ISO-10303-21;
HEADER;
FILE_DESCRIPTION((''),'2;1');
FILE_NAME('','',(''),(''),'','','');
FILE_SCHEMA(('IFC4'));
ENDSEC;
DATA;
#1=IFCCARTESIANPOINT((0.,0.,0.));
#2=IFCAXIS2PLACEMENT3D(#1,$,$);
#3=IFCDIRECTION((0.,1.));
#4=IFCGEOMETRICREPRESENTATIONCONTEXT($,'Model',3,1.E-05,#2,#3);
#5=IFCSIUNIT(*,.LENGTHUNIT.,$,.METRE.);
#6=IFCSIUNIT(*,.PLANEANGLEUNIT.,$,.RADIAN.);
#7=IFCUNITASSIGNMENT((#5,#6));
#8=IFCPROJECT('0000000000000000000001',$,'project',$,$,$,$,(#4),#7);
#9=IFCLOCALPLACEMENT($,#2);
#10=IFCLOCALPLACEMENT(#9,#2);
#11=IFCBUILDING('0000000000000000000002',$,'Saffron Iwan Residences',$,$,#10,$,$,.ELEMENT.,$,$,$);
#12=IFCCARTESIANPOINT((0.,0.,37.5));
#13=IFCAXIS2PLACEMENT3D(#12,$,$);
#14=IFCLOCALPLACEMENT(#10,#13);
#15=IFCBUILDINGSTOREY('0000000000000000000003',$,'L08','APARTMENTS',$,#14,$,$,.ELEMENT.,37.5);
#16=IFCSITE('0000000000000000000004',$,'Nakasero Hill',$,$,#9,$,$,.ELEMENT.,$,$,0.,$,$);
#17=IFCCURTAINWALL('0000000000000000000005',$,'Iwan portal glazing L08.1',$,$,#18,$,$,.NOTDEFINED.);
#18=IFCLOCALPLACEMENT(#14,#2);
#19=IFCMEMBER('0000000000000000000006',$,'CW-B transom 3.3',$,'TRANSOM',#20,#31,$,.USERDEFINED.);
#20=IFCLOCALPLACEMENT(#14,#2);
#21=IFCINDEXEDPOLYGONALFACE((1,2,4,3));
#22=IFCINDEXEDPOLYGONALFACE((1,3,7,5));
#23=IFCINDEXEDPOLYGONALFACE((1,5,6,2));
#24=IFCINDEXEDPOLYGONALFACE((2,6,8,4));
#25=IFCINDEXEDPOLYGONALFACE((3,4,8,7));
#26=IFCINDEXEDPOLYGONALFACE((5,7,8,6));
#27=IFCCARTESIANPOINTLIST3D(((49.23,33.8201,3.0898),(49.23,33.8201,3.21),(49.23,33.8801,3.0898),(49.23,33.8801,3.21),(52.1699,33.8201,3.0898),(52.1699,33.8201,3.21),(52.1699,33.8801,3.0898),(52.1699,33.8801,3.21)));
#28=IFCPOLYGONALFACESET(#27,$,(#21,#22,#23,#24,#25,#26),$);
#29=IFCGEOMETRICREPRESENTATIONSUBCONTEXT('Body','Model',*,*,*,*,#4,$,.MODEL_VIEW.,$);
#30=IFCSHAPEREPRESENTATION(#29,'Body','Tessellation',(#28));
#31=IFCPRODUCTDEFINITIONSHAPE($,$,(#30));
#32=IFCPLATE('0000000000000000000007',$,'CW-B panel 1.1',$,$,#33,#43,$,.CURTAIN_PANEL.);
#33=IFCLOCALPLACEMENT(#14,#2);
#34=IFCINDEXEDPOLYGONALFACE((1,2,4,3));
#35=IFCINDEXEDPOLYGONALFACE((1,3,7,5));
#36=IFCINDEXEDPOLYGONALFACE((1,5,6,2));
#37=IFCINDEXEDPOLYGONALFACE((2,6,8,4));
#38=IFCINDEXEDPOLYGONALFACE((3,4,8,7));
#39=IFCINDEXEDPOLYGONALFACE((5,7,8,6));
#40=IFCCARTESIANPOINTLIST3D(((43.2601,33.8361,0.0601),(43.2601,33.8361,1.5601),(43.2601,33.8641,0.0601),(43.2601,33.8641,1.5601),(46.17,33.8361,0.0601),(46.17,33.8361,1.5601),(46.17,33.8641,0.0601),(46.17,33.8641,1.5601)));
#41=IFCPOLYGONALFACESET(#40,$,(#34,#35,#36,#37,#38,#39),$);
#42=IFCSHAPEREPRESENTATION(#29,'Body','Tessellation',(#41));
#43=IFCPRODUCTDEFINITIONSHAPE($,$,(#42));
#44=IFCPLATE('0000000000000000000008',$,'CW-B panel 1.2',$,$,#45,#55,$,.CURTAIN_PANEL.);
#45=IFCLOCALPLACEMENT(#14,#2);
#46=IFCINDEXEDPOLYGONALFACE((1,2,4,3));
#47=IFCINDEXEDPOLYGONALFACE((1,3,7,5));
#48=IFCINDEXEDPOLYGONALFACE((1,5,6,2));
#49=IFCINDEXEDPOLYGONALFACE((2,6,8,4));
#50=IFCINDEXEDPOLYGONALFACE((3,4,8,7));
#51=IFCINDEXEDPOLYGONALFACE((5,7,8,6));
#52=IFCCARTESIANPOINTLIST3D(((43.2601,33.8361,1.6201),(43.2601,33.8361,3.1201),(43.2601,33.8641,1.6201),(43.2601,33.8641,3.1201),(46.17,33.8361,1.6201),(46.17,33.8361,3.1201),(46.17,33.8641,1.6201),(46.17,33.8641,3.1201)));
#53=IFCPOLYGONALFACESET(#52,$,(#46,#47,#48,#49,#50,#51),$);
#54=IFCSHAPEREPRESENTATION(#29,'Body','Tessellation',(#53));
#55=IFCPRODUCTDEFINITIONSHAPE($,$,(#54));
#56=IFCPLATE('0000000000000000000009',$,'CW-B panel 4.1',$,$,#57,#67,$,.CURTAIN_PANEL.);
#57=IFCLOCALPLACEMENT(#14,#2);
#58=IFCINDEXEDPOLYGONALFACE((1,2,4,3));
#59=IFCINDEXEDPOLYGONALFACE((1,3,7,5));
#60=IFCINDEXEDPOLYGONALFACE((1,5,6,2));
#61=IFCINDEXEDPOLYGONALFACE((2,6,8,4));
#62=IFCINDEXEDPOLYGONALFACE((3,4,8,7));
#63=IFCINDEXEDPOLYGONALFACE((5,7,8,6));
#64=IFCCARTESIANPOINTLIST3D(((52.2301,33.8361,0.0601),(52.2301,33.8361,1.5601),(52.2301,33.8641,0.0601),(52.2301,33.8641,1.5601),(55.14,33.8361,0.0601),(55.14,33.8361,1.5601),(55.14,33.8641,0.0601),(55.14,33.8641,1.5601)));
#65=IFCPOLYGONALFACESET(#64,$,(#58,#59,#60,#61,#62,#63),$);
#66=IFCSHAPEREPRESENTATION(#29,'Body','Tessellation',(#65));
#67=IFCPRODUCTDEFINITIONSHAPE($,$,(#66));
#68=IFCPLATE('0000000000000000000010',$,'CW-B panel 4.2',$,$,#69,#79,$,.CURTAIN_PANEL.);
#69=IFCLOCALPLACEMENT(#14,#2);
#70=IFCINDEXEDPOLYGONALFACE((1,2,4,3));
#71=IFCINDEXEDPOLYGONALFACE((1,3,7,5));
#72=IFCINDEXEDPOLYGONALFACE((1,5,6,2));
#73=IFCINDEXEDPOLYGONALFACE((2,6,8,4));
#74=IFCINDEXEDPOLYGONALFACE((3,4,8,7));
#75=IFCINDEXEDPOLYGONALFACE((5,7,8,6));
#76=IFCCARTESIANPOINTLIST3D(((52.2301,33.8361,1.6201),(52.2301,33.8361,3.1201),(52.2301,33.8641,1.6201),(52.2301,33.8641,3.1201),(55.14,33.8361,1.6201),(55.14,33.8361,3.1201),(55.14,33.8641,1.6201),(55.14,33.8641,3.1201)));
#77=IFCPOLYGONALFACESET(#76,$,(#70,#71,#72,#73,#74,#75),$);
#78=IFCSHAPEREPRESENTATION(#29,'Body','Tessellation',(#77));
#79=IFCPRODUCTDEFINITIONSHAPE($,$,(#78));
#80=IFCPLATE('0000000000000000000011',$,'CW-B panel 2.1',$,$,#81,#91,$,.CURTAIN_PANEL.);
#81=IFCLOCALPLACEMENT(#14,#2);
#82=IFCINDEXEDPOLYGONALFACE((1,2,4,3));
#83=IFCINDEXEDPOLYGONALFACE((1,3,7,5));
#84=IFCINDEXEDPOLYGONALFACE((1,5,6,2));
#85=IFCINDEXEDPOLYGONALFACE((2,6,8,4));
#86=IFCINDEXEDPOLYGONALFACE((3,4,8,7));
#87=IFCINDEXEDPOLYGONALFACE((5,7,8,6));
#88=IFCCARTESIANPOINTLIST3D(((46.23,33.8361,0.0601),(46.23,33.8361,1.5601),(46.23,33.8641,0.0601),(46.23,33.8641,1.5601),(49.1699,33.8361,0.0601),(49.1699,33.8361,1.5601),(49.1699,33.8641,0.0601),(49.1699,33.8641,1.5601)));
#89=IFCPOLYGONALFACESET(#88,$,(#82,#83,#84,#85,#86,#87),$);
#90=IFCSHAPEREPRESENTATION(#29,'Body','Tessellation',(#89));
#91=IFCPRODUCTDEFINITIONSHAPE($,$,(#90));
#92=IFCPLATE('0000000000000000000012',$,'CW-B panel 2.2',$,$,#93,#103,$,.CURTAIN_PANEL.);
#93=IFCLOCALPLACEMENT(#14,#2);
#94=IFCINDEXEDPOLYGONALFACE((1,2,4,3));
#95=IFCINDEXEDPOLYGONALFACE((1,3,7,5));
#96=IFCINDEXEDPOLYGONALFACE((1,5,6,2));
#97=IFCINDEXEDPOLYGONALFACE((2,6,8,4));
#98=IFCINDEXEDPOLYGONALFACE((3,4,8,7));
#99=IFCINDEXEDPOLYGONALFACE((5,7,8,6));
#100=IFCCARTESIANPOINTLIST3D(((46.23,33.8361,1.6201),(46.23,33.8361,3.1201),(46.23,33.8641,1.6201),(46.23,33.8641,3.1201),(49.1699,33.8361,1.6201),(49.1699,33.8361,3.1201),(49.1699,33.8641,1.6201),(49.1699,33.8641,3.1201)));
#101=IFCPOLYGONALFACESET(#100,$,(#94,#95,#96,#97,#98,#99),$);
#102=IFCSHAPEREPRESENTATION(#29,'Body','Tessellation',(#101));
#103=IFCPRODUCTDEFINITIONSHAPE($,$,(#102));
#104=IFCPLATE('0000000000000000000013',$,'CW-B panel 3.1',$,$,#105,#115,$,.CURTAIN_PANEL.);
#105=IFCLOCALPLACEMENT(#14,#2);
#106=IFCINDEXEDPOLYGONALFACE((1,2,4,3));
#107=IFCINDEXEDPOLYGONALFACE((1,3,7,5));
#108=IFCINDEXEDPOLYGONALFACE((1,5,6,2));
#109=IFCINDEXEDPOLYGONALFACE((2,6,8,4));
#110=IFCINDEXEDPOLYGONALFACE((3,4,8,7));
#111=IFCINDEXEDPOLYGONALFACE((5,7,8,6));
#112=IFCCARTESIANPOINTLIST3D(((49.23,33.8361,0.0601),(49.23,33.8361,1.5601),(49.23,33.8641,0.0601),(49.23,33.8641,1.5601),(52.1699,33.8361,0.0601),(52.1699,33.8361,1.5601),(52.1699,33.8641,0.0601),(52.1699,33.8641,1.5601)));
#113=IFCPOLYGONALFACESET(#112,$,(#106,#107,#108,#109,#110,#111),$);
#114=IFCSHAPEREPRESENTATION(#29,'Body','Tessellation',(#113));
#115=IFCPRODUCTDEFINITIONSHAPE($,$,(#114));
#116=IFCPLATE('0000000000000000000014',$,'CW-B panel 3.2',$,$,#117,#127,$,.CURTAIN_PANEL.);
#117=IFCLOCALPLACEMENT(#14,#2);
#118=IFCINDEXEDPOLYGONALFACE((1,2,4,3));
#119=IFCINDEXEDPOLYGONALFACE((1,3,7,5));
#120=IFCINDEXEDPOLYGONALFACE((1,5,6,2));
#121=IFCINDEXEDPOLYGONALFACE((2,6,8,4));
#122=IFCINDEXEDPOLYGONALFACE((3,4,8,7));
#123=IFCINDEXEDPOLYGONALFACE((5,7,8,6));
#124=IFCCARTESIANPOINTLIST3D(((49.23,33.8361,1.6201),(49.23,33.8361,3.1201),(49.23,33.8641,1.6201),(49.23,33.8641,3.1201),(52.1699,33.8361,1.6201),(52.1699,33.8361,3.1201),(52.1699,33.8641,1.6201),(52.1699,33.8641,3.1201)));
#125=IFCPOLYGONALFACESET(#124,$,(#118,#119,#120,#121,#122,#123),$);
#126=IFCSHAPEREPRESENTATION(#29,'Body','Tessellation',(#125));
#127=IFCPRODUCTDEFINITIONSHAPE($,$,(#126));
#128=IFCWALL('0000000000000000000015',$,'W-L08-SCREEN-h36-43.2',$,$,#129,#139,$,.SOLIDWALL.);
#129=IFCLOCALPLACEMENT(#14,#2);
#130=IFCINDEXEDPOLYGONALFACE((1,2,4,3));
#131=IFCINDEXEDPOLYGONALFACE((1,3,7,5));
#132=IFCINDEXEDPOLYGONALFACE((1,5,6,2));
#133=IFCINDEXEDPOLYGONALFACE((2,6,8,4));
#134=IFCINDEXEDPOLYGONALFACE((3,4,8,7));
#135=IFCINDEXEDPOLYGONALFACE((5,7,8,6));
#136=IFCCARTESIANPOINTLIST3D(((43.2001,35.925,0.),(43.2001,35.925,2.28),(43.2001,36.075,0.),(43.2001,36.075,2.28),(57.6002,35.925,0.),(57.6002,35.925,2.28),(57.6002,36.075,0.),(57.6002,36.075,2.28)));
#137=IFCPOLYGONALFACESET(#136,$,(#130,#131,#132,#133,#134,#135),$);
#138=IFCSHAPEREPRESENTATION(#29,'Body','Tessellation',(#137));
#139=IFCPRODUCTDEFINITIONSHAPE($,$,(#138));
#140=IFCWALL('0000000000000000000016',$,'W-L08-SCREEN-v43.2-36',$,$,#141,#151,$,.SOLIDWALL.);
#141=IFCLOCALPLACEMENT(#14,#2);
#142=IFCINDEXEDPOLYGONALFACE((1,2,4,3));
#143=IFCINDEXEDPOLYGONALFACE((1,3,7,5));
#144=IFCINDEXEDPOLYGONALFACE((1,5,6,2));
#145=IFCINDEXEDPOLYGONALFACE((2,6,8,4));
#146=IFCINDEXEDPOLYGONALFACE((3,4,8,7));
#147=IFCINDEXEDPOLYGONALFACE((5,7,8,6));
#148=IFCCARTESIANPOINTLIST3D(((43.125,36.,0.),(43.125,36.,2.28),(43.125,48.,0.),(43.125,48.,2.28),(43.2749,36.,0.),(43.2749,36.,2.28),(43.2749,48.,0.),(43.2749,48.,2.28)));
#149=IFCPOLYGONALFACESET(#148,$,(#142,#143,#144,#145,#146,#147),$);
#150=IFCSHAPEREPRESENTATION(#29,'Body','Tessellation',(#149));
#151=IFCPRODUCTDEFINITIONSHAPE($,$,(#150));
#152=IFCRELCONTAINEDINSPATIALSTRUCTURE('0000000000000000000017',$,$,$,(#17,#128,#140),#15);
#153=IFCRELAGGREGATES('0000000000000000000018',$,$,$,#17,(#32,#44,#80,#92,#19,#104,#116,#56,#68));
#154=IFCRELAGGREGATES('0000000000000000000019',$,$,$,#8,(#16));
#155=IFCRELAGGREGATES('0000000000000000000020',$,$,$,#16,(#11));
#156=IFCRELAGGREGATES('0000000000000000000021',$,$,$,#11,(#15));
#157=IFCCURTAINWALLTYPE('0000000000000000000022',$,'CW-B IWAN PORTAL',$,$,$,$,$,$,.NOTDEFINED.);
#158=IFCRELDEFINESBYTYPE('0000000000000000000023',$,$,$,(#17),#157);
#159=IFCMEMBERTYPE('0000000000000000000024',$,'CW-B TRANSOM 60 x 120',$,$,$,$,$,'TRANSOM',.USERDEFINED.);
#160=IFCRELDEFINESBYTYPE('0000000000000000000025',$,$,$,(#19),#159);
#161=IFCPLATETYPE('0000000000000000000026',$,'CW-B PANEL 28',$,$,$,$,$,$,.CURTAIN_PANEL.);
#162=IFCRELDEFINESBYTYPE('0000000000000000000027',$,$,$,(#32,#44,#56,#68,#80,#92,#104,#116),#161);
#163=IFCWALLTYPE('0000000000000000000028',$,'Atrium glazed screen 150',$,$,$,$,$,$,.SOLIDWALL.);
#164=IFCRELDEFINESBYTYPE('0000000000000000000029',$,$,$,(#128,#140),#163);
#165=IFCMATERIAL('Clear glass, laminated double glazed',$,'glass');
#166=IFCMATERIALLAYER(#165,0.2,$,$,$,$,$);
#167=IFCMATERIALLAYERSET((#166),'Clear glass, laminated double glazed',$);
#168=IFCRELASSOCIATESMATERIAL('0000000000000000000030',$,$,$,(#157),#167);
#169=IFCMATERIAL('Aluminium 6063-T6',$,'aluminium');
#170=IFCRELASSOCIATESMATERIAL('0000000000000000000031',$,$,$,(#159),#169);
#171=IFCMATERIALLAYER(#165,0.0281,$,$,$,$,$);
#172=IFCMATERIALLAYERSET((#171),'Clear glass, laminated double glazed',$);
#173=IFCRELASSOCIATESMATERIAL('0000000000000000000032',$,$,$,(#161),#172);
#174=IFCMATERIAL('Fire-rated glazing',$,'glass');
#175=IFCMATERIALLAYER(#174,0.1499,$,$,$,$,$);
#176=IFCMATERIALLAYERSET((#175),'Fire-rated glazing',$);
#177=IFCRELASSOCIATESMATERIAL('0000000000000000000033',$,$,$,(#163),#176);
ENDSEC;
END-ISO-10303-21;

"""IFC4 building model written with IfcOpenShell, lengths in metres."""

from ifc_helpers import new_model, si_unit, direction, frame, frame_2d, origin, origin_2d, place, context, subcontext, project, spatial, rectangle, extrude, source, transform, mapped, material, layer, layer_set, material_profile, profile_set, type_object, element, aggregate, save


model = new_model("IFC4")

# Units and contexts
model_context = context("Model", 3, precision=1e-05, world=origin(), true_north=direction((0.0, 1.0)))
body_context = subcontext(model_context, "Body", "Model", "MODEL_VIEW")
ifc_project = project(units=[si_unit("LENGTHUNIT", "METRE"), si_unit("PLANEANGLEUNIT", "RADIAN")], contexts=[model_context])

# Site, building, storey
site_placement = place(None, origin())
site = spatial("IfcSite", under=ifc_project, at=site_placement, Name="Nakasero Hill", CompositionType="ELEMENT", RefElevation=0.0)
building_placement = place(site_placement, origin())
building = spatial("IfcBuilding", under=site, at=building_placement, Name="Saffron Iwan Residences", CompositionType="ELEMENT")
storey_placement = place(building_placement, frame((0.0, 0.0, 37.5)))
storey = spatial("IfcBuildingStorey", under=building, at=storey_placement, Name="L08", Description="APARTMENTS", CompositionType="ELEMENT", Elevation=37.5)

# Curtain wall, member, plates
ifc_material_1 = material(Name="Clear glass, laminated double glazed", Category="glass")
ifc_layer_1 = layer(ifc_material_1, 0.2)
ifc_layer_set_1 = layer_set([ifc_layer_1], Name="Clear glass, laminated double glazed")
curtain_wall_type = type_object("IfcCurtainWallType", Name="CW-B IWAN PORTAL", PredefinedType="NOTDEFINED", material=ifc_layer_set_1)
curtain_wall_placement = place(storey_placement, origin())
curtain_wall = element("IfcCurtainWall", 1, at=curtain_wall_placement, inside=storey, type_object=curtain_wall_type, Name="Iwan portal glazing L08.1", PredefinedType="NOTDEFINED")
ifc_material_2 = material(Name="Aluminium 6063-T6", Category="aluminium")
ifc_material_profile_1 = material_profile(ifc_material_2, rectangle(XDim=0.0601, YDim=0.1201, at=origin_2d()), Name="CW-B TRANSOM 60 x 120")
ifc_profile_set_1 = profile_set([ifc_material_profile_1], Name="Aluminium 6063-T6")
member_type_1 = type_object("IfcMemberType", Name="CW-B TRANSOM 60 x 120", ElementType="TRANSOM", PredefinedType="USERDEFINED", material=ifc_profile_set_1)
shared_shape_1 = source(origin(), body_context, "Body", "SweptSolid", [
    extrude(rectangle(XDim=0.0601, YDim=0.1201, at=origin_2d()), origin(), (0.0, 0.0, 1.0), 2.9399),
])
member_1_placement = place(storey_placement, frame((49.23, 33.8501, 3.1499), z_axis=(1.0, 0.0, 0.0), x_axis=(0.0, 1.0, 0.0)))
member_1 = element("IfcMember", 2, at=member_1_placement, type_object=member_type_1, Name="CW-B transom 3.3", ObjectType="TRANSOM", PredefinedType="USERDEFINED", context=body_context, shape_type="MappedRepresentation", body=[
    mapped(shared_shape_1, transform((0.0, 0.0, 0.0))),
])
ifc_layer_2 = layer(ifc_material_1, 0.0281)
ifc_layer_set_2 = layer_set([ifc_layer_2], Name="Clear glass, laminated double glazed")
plate_type = type_object("IfcPlateType", Name="CW-B PANEL 28", PredefinedType="CURTAIN_PANEL", material=ifc_layer_set_2)
shared_shape_2 = source(origin(), body_context, "Body", "SweptSolid", [
    extrude(rectangle(XDim=2.9099, YDim=0.0281, at=origin_2d()), origin(), (0.0, 0.0, 1.0), 1.5),
])
plate_1_placement = place(storey_placement, frame((44.7151, 33.8501, 0.0601), z_axis=(0.0, 0.0, 1.0), x_axis=(1.0, 0.0, 0.0)))
plate_1 = element("IfcPlate", 3, at=plate_1_placement, type_object=plate_type, Name="CW-B panel 1.1", PredefinedType="CURTAIN_PANEL", context=body_context, shape_type="MappedRepresentation", body=[
    mapped(shared_shape_2, transform((0.0, 0.0, 0.0))),
])
plate_2_placement = place(storey_placement, frame((44.7151, 33.8501, 1.6201), z_axis=(0.0, 0.0, 1.0), x_axis=(1.0, 0.0, 0.0)))
plate_2 = element("IfcPlate", 4, at=plate_2_placement, type_object=plate_type, Name="CW-B panel 1.2", PredefinedType="CURTAIN_PANEL", context=body_context, shape_type="MappedRepresentation", body=[
    mapped(shared_shape_2, transform((0.0, 0.0, 0.0))),
])
plate_3_placement = place(storey_placement, frame((53.6851, 33.8501, 0.0601), z_axis=(0.0, 0.0, 1.0), x_axis=(1.0, 0.0, 0.0)))
plate_3 = element("IfcPlate", 5, at=plate_3_placement, type_object=plate_type, Name="CW-B panel 4.1", PredefinedType="CURTAIN_PANEL", context=body_context, shape_type="MappedRepresentation", body=[
    mapped(shared_shape_2, transform((0.0, 0.0, 0.0))),
])
plate_4_placement = place(storey_placement, frame((53.6851, 33.8501, 1.6201), z_axis=(0.0, 0.0, 1.0), x_axis=(1.0, 0.0, 0.0)))
plate_4 = element("IfcPlate", 6, at=plate_4_placement, type_object=plate_type, Name="CW-B panel 4.2", PredefinedType="CURTAIN_PANEL", context=body_context, shape_type="MappedRepresentation", body=[
    mapped(shared_shape_2, transform((0.0, 0.0, 0.0))),
])
shared_shape_3 = source(origin(), body_context, "Body", "SweptSolid", [
    extrude(rectangle(XDim=2.9399, YDim=0.0281, at=origin_2d()), origin(), (0.0, 0.0, 1.0), 1.5),
])
plate_5_placement = place(storey_placement, frame((47.7, 33.8501, 0.0601), z_axis=(0.0, 0.0, 1.0), x_axis=(1.0, 0.0, 0.0)))
plate_5 = element("IfcPlate", 7, at=plate_5_placement, type_object=plate_type, Name="CW-B panel 2.1", PredefinedType="CURTAIN_PANEL", context=body_context, shape_type="MappedRepresentation", body=[
    mapped(shared_shape_3, transform((0.0, 0.0, 0.0))),
])
plate_6_placement = place(storey_placement, frame((47.7, 33.8501, 1.6201), z_axis=(0.0, 0.0, 1.0), x_axis=(1.0, 0.0, 0.0)))
plate_6 = element("IfcPlate", 8, at=plate_6_placement, type_object=plate_type, Name="CW-B panel 2.2", PredefinedType="CURTAIN_PANEL", context=body_context, shape_type="MappedRepresentation", body=[
    mapped(shared_shape_3, transform((0.0, 0.0, 0.0))),
])
plate_7_placement = place(storey_placement, frame((50.7, 33.8501, 0.0601), z_axis=(0.0, 0.0, 1.0), x_axis=(1.0, 0.0, 0.0)))
plate_7 = element("IfcPlate", 9, at=plate_7_placement, type_object=plate_type, Name="CW-B panel 3.1", PredefinedType="CURTAIN_PANEL", context=body_context, shape_type="MappedRepresentation", body=[
    mapped(shared_shape_3, transform((0.0, 0.0, 0.0))),
])
plate_8_placement = place(storey_placement, frame((50.7, 33.8501, 1.6201), z_axis=(0.0, 0.0, 1.0), x_axis=(1.0, 0.0, 0.0)))
plate_8 = element("IfcPlate", 10, at=plate_8_placement, type_object=plate_type, Name="CW-B panel 3.2", PredefinedType="CURTAIN_PANEL", context=body_context, shape_type="MappedRepresentation", body=[
    mapped(shared_shape_3, transform((0.0, 0.0, 0.0))),
])
aggregate(curtain_wall, [plate_1, plate_2, plate_5, plate_6, member_1, plate_7, plate_8, plate_3, plate_4])

# Walls
ifc_material_3 = material(Name="Fire-rated glazing", Category="glass")
ifc_layer_3 = layer(ifc_material_3, 0.1499)
ifc_layer_set_3 = layer_set([ifc_layer_3], Name="Fire-rated glazing")
wall_type = type_object("IfcWallType", Name="Atrium glazed screen 150", PredefinedType="SOLIDWALL", material=ifc_layer_set_3)
wall_1_placement = place(storey_placement, frame((43.2, 36.0, 0.0), z_axis=(0.0, 0.0, 1.0), x_axis=(1.0, 0.0, 0.0)))
element("IfcWall", 11, at=wall_1_placement, inside=storey, type_object=wall_type, Name="W-L08-SCREEN-h36-43.2", PredefinedType="SOLIDWALL", context=body_context, shape_type="SweptSolid", body=[
    extrude(rectangle(XDim=14.4001, YDim=0.1499, at=frame_2d((7.2002, 0.0))), origin(), (0.0, 0.0, 1.0), 2.28),
])
wall_2_placement = place(storey_placement, frame((43.2, 36.0, 0.0), z_axis=(0.0, 0.0, 1.0), x_axis=(0.0, 1.0, 0.0)))
element("IfcWall", 12, at=wall_2_placement, inside=storey, type_object=wall_type, Name="W-L08-SCREEN-v43.2-36", PredefinedType="SOLIDWALL", context=body_context, shape_type="SweptSolid", body=[
    extrude(rectangle(XDim=12.0, YDim=0.1499, at=frame_2d((6.0, 0.0))), origin(), (0.0, 0.0, 1.0), 2.28),
])

save(model, "model.ifc")
